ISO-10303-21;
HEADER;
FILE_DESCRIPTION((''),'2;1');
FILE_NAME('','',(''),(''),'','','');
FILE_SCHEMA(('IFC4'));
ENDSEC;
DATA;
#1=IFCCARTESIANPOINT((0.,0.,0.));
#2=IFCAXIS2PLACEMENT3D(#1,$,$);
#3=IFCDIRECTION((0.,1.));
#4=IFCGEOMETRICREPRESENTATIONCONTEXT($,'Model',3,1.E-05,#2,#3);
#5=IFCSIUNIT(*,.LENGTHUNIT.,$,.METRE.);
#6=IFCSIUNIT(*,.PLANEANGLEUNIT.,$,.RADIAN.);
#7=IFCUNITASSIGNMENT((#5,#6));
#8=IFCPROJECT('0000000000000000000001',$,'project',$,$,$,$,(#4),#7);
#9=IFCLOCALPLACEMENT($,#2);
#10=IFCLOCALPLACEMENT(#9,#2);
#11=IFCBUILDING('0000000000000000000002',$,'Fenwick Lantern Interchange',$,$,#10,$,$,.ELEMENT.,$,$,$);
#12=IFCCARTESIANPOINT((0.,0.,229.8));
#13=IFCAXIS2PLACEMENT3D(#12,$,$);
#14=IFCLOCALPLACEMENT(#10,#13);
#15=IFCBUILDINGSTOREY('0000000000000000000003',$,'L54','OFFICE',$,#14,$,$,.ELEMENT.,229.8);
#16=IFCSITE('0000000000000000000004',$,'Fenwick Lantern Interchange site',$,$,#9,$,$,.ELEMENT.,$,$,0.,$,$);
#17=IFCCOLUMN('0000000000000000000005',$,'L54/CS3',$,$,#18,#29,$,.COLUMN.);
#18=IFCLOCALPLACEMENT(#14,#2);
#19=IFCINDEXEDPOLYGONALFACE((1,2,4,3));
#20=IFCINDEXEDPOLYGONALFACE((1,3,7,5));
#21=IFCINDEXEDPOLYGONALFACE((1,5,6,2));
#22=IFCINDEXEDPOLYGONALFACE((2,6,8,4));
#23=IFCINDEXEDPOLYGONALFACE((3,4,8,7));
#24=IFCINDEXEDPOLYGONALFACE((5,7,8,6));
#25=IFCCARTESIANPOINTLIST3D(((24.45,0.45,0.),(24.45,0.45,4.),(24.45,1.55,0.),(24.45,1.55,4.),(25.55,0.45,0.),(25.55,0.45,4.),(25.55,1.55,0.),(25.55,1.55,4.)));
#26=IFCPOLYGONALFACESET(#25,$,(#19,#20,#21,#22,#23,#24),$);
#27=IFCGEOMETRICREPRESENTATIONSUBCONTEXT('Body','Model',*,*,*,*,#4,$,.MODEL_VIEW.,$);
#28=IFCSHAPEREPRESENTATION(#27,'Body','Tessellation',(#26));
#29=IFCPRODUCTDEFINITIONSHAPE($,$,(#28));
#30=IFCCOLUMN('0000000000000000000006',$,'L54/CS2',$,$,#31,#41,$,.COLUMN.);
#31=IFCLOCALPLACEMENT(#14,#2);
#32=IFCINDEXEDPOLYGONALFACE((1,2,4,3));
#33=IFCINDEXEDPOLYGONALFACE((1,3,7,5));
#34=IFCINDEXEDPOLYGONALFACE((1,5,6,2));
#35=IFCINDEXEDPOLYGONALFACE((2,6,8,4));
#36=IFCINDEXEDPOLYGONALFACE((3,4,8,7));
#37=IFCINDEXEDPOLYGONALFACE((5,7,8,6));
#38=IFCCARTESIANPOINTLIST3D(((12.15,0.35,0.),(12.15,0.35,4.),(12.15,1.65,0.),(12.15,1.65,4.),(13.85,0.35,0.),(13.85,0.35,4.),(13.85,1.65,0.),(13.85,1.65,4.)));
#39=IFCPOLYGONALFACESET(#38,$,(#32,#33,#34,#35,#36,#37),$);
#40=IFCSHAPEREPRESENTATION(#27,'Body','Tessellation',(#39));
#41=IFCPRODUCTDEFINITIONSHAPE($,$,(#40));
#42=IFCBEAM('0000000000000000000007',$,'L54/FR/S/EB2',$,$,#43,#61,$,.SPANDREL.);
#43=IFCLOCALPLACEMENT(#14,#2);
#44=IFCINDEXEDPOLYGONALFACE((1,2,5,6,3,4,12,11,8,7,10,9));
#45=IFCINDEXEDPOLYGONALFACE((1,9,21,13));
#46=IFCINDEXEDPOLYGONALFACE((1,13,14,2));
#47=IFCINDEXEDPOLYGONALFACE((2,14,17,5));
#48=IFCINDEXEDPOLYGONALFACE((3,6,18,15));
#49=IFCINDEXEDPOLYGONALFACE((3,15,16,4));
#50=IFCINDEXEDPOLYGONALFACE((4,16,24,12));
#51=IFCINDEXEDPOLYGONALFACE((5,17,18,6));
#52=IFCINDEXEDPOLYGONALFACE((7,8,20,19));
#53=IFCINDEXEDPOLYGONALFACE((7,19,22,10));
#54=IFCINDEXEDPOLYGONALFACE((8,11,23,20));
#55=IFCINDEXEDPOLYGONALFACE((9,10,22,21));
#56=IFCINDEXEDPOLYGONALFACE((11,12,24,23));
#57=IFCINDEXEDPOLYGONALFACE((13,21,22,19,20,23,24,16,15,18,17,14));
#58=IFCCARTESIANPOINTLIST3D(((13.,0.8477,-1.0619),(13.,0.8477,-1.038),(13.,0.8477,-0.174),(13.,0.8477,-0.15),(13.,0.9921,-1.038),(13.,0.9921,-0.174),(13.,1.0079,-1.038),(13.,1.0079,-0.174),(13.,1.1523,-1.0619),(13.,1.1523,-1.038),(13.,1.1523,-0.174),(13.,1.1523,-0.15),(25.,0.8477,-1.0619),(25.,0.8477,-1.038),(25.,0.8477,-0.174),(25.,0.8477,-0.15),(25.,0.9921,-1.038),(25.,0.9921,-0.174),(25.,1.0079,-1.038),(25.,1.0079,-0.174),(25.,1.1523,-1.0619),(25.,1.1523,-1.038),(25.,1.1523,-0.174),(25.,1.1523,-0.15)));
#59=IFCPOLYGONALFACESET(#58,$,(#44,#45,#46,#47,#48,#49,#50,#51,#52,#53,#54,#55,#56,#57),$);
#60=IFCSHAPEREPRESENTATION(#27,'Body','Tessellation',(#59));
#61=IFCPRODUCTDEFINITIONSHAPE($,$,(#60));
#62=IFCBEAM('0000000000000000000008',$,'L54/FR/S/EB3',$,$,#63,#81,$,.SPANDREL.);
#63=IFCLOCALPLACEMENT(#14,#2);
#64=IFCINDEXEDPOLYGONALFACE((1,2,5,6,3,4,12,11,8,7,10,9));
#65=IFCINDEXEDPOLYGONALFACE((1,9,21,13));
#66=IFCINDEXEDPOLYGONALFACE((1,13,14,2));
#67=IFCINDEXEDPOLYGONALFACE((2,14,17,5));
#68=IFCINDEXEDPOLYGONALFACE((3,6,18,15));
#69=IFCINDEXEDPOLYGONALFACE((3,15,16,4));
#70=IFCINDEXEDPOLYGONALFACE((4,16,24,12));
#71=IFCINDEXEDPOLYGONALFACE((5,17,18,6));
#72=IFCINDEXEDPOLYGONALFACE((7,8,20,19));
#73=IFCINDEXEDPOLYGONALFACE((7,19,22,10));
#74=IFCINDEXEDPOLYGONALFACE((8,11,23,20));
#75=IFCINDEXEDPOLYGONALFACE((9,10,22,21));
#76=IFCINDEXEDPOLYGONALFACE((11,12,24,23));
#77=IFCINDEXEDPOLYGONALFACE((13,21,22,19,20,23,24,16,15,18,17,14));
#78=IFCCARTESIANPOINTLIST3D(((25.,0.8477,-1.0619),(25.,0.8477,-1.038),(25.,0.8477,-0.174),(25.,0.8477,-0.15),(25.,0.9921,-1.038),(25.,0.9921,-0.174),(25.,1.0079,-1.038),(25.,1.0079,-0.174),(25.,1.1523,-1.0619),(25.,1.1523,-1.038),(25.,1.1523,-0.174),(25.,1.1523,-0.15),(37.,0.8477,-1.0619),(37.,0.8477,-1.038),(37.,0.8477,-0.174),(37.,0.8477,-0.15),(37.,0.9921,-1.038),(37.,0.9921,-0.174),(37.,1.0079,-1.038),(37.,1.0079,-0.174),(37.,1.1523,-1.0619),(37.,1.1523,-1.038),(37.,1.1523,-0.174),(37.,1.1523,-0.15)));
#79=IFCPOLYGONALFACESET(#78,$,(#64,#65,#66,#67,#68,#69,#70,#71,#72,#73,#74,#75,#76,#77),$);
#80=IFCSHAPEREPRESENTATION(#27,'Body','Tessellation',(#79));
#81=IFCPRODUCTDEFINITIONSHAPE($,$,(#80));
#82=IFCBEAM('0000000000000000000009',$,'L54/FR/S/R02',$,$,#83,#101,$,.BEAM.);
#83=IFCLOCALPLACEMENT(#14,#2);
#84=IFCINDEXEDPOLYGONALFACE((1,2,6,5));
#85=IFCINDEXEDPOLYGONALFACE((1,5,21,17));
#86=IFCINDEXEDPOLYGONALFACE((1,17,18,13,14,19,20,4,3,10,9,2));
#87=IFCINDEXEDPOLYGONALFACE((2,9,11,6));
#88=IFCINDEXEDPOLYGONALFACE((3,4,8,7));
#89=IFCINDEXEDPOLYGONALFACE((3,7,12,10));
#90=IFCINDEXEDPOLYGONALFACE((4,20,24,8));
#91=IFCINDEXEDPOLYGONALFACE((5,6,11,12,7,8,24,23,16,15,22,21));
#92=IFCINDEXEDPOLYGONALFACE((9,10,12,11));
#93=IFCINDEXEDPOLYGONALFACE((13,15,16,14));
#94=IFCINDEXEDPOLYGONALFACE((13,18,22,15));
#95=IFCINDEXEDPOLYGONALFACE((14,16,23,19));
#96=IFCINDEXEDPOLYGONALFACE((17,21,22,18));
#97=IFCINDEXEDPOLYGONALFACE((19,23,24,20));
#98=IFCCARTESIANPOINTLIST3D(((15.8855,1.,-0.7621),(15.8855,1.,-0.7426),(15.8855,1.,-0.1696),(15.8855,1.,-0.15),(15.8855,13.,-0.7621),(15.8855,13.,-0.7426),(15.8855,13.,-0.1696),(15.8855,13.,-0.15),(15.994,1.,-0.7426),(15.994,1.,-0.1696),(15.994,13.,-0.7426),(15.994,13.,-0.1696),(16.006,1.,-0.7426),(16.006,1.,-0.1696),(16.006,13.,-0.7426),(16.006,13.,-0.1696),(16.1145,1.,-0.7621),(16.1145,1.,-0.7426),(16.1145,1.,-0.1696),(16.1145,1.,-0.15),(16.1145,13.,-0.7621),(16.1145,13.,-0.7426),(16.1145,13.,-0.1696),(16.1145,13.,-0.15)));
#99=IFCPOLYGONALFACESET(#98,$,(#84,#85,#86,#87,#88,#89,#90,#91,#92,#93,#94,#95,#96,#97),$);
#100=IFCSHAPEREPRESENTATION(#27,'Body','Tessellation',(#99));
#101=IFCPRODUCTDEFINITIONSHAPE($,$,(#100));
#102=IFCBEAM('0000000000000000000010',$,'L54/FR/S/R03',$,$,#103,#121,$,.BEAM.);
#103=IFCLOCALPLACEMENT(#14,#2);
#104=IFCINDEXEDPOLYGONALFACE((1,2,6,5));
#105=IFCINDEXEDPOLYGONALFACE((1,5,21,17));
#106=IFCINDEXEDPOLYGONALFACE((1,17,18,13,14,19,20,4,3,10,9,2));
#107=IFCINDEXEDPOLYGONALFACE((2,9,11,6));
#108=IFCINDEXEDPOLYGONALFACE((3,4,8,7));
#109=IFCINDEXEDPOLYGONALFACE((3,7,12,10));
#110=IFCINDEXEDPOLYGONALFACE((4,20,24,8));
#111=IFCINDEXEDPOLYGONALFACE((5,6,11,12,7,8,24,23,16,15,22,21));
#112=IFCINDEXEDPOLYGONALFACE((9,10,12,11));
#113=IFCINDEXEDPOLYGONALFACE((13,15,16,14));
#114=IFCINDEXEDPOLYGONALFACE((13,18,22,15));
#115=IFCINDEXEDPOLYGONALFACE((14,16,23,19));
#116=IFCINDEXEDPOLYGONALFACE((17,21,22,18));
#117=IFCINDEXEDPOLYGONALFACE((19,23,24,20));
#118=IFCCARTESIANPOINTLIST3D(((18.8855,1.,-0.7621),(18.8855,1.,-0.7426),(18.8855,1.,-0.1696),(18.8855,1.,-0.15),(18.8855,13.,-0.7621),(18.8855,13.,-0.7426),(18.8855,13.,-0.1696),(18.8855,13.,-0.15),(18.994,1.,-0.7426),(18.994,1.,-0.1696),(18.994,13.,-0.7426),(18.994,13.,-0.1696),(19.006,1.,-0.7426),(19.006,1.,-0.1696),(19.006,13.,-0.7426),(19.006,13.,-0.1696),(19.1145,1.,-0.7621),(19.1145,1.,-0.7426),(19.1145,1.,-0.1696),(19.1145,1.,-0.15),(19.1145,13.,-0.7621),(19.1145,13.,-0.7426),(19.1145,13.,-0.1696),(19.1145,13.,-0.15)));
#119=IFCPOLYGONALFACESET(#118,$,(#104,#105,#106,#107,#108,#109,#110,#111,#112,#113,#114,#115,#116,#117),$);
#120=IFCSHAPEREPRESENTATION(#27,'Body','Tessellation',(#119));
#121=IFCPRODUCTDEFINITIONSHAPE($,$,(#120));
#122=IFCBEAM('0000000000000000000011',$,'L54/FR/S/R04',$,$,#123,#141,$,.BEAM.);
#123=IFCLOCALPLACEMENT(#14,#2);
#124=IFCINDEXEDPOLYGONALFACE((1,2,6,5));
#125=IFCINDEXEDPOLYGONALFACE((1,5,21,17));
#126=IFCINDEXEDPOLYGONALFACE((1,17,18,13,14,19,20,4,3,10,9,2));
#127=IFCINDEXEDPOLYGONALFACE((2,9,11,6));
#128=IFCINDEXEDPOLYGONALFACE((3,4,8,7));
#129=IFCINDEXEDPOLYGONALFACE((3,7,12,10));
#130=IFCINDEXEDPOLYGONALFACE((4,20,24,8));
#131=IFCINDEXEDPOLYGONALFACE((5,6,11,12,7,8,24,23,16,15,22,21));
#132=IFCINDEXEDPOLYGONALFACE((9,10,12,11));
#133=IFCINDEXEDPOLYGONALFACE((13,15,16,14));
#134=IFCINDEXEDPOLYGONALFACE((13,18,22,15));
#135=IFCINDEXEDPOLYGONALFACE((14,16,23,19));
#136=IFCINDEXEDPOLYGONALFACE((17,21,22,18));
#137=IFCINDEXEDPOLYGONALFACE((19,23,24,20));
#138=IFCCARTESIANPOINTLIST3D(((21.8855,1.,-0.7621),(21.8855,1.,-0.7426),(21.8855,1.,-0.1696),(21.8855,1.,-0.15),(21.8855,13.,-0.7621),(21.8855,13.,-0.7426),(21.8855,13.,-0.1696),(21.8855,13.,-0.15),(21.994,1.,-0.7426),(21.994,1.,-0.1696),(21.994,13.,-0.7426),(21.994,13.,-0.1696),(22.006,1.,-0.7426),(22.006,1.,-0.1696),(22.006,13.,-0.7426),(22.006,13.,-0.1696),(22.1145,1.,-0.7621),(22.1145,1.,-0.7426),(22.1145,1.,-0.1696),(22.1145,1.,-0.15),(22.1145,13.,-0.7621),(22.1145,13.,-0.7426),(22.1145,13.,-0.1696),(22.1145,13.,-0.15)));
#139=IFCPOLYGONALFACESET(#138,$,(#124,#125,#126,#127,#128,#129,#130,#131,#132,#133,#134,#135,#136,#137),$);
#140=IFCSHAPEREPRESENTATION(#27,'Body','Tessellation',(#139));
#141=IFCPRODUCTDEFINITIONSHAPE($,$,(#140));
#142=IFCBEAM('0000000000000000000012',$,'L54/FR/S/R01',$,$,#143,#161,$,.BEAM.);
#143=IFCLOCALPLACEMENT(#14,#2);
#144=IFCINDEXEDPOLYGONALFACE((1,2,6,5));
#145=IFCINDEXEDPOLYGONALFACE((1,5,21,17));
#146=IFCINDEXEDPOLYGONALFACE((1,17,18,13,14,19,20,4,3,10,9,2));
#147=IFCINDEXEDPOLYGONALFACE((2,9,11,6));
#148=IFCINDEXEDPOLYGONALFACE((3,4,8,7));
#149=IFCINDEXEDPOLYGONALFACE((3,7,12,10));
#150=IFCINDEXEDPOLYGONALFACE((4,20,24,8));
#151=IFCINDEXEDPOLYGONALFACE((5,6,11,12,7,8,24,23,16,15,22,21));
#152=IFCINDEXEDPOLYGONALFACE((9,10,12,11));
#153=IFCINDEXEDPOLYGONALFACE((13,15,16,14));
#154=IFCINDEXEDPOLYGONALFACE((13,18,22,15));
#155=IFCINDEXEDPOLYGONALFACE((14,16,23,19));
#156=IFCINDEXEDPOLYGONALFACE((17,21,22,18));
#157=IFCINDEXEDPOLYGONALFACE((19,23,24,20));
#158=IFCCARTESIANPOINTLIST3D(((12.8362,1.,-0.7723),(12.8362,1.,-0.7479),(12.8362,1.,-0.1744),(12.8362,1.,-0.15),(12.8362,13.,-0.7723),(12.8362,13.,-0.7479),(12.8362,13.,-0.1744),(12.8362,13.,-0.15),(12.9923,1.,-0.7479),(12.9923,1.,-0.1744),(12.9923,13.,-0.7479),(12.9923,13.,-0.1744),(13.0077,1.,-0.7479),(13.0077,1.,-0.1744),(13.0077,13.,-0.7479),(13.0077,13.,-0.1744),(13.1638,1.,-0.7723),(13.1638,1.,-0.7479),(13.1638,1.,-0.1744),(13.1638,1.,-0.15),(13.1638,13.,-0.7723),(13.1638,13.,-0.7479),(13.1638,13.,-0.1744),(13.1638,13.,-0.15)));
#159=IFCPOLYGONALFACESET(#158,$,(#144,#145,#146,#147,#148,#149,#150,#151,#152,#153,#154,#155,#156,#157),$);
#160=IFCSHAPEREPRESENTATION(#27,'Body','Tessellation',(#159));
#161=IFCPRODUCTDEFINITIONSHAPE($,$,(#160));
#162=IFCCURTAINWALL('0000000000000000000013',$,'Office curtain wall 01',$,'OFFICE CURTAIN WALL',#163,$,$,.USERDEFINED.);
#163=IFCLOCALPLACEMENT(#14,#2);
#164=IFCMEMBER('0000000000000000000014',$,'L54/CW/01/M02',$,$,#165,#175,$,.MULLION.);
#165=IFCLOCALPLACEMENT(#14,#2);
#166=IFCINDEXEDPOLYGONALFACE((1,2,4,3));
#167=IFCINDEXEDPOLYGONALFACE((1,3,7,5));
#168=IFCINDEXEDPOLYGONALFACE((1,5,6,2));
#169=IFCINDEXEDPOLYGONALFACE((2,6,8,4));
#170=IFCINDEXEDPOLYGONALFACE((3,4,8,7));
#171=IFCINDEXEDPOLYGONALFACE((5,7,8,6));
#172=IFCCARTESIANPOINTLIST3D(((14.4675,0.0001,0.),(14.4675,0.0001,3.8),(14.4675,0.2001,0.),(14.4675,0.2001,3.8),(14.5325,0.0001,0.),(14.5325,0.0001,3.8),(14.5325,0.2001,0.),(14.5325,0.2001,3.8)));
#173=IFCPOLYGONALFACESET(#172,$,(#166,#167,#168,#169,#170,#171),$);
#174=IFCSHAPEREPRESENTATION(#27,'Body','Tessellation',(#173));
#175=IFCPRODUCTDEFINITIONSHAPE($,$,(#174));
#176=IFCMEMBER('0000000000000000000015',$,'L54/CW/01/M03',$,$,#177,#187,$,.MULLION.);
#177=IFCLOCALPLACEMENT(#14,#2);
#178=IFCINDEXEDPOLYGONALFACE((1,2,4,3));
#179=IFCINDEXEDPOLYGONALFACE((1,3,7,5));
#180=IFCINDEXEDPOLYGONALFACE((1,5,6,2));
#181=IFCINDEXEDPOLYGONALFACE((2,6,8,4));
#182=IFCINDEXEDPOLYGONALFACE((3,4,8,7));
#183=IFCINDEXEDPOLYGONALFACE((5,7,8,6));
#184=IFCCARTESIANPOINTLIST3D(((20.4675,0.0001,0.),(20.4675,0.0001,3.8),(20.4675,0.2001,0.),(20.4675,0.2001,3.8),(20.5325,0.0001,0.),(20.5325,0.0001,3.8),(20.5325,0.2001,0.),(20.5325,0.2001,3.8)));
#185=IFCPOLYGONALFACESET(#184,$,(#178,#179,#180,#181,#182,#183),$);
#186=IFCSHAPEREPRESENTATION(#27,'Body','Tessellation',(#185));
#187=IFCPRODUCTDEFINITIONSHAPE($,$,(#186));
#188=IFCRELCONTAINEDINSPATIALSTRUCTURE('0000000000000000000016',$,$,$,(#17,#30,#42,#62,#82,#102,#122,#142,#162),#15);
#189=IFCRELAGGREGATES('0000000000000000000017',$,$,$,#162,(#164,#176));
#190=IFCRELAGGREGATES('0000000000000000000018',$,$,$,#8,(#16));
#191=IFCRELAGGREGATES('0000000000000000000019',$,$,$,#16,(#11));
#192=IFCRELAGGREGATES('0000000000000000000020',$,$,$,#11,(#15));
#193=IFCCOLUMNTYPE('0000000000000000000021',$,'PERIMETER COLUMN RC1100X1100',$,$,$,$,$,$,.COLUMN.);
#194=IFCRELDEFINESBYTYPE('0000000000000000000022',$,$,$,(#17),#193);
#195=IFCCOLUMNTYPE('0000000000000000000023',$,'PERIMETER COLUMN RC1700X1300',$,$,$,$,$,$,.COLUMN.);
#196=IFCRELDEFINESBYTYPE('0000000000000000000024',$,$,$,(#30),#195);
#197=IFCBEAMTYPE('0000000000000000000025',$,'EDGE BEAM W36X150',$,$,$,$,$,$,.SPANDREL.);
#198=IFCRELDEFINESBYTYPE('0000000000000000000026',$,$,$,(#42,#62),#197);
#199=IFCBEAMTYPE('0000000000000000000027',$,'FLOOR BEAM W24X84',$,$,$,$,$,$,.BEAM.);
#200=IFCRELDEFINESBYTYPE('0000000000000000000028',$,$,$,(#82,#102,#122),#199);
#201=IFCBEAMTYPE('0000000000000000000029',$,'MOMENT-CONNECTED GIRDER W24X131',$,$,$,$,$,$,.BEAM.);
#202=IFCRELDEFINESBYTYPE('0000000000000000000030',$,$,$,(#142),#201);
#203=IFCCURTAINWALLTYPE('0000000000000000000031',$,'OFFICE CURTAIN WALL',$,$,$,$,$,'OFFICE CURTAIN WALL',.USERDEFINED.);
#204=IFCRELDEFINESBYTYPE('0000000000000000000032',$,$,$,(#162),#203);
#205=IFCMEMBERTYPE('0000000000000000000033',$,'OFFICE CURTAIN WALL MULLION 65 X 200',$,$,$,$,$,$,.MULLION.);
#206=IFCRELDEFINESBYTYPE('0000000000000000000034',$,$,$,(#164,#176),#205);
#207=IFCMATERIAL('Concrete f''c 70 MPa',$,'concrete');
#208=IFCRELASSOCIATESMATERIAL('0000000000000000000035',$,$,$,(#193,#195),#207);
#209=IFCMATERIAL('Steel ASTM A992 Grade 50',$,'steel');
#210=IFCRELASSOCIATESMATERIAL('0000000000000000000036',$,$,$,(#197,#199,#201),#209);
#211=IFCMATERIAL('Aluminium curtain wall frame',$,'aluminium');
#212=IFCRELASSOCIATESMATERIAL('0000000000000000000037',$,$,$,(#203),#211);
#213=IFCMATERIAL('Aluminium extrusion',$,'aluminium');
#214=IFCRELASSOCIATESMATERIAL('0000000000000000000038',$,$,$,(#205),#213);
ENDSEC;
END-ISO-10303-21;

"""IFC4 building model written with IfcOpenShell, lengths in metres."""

from ifc_helpers import new_model, si_unit, direction, frame, origin, origin_2d, place, context, subcontext, project, spatial, rectangle, i_section, extrude, material, material_profile, profile_set, type_object, element, aggregate, save


model = new_model("IFC4")

# Units and contexts
model_context = context("Model", 3, precision=1e-05, world=origin(), true_north=direction((0.0, 1.0)))
body_context = subcontext(model_context, "Body", "Model", "MODEL_VIEW")
ifc_project = project(units=[si_unit("LENGTHUNIT", "METRE"), si_unit("PLANEANGLEUNIT", "RADIAN")], contexts=[model_context])

# Site, building, storey
site_placement = place(None, origin())
site = spatial("IfcSite", under=ifc_project, at=site_placement, Name="Fenwick Lantern Interchange site", CompositionType="ELEMENT", RefElevation=0.0)
building_placement = place(site_placement, origin())
building = spatial("IfcBuilding", under=site, at=building_placement, Name="Fenwick Lantern Interchange", CompositionType="ELEMENT")
storey_placement = place(building_placement, frame((0.0, 0.0, 229.8)))
storey = spatial("IfcBuildingStorey", under=building, at=storey_placement, Name="L54", Description="OFFICE", CompositionType="ELEMENT", Elevation=229.8)

# Columns
ifc_material_1 = material(Name="Concrete f'c 70 MPa", Category="concrete")
ifc_material_profile_1 = material_profile(ifc_material_1, rectangle(XDim=1.1001, YDim=1.1001, at=origin_2d()), Name="RC1100X1100")
ifc_profile_set_1 = profile_set([ifc_material_profile_1], Name="Concrete f'c 70 MPa")
column_type_1 = type_object("IfcColumnType", Name="PERIMETER COLUMN RC1100X1100", PredefinedType="COLUMN", material=ifc_profile_set_1)
column_1_placement = place(storey_placement, frame((25.0, 1.0, 0.0), z_axis=(0.0, 0.0, 1.0), x_axis=(1.0, 0.0, 0.0)))
element("IfcColumn", 1, at=column_1_placement, inside=storey, type_object=column_type_1, Name="L54/CS3", PredefinedType="COLUMN", context=body_context, shape_type="SweptSolid", body=[
    extrude(rectangle(XDim=1.1001, YDim=1.1001, at=origin_2d()), origin(), (0.0, 0.0, 1.0), 4.0),
])
ifc_material_profile_2 = material_profile(ifc_material_1, rectangle(XDim=1.7, YDim=1.3, at=origin_2d()), Name="RC1700X1300")
ifc_profile_set_2 = profile_set([ifc_material_profile_2], Name="Concrete f'c 70 MPa")
column_type_2 = type_object("IfcColumnType", Name="PERIMETER COLUMN RC1700X1300", PredefinedType="COLUMN", material=ifc_profile_set_2)
column_2_placement = place(storey_placement, frame((13.0, 1.0, 0.0), z_axis=(0.0, 0.0, 1.0), x_axis=(1.0, 0.0, 0.0)))
element("IfcColumn", 2, at=column_2_placement, inside=storey, type_object=column_type_2, Name="L54/CS2", PredefinedType="COLUMN", context=body_context, shape_type="SweptSolid", body=[
    extrude(rectangle(XDim=1.7, YDim=1.3, at=origin_2d()), origin(), (0.0, 0.0, 1.0), 4.0),
])

# Beams
ifc_material_2 = material(Name="Steel ASTM A992 Grade 50", Category="steel")
ifc_material_profile_3 = material_profile(ifc_material_2, i_section(OverallWidth=0.3047, OverallDepth=0.9119, WebThickness=0.0159, FlangeThickness=0.0239, at=origin_2d()), Name="W36X150")
ifc_profile_set_3 = profile_set([ifc_material_profile_3], Name="Steel ASTM A992 Grade 50")
beam_type_1 = type_object("IfcBeamType", Name="EDGE BEAM W36X150", PredefinedType="SPANDREL", material=ifc_profile_set_3)
for number, where, z_axis, x_axis, name in (
    (3, (13.0, 1.0, -0.606), (1.0, 0.0, 0.0), (0.0, 1.0, 0.0), "L54/FR/S/EB2"),
    (4, (25.0, 1.0, -0.606), (1.0, 0.0, 0.0), (0.0, 1.0, 0.0), "L54/FR/S/EB3"),
):
    element("IfcBeam", number, at=place(storey_placement, frame(where, z_axis=z_axis, x_axis=x_axis)), inside=storey, type_object=beam_type_1, Name=name, PredefinedType="SPANDREL", context=body_context, shape_type="SweptSolid", body=[
        extrude(i_section(OverallWidth=0.3047, OverallDepth=0.9119, WebThickness=0.0159, FlangeThickness=0.0239, at=origin_2d()), origin(), (0.0, 0.0, 1.0), 12.0),
    ])
ifc_material_profile_4 = material_profile(ifc_material_2, i_section(OverallWidth=0.229, OverallDepth=0.6121, WebThickness=0.012, FlangeThickness=0.0195, at=origin_2d()), Name="W24X84")
ifc_profile_set_4 = profile_set([ifc_material_profile_4], Name="Steel ASTM A992 Grade 50")
beam_type_2 = type_object("IfcBeamType", Name="FLOOR BEAM W24X84", PredefinedType="BEAM", material=ifc_profile_set_4)
for number, where, z_axis, x_axis, name in (
    (5, (16.0, 1.0, -0.4561), (0.0, 1.0, 0.0), (-1.0, 0.0, 0.0), "L54/FR/S/R02"),
    (6, (19.0, 1.0, -0.4561), (0.0, 1.0, 0.0), (-1.0, 0.0, 0.0), "L54/FR/S/R03"),
    (7, (22.0, 1.0, -0.4561), (0.0, 1.0, 0.0), (-1.0, 0.0, 0.0), "L54/FR/S/R04"),
):
    element("IfcBeam", number, at=place(storey_placement, frame(where, z_axis=z_axis, x_axis=x_axis)), inside=storey, type_object=beam_type_2, Name=name, PredefinedType="BEAM", context=body_context, shape_type="SweptSolid", body=[
        extrude(i_section(OverallWidth=0.229, OverallDepth=0.6121, WebThickness=0.012, FlangeThickness=0.0195, at=origin_2d()), origin(), (0.0, 0.0, 1.0), 12.0),
    ])
ifc_material_profile_5 = material_profile(ifc_material_2, i_section(OverallWidth=0.3276, OverallDepth=0.6223, WebThickness=0.0154, FlangeThickness=0.0244, at=origin_2d()), Name="W24X131")
ifc_profile_set_5 = profile_set([ifc_material_profile_5], Name="Steel ASTM A992 Grade 50")
beam_type_3 = type_object("IfcBeamType", Name="MOMENT-CONNECTED GIRDER W24X131", PredefinedType="BEAM", material=ifc_profile_set_5)
beam_placement = place(storey_placement, frame((13.0, 1.0, -0.4612), z_axis=(0.0, 1.0, 0.0), x_axis=(-1.0, 0.0, 0.0)))
element("IfcBeam", 8, at=beam_placement, inside=storey, type_object=beam_type_3, Name="L54/FR/S/R01", PredefinedType="BEAM", context=body_context, shape_type="SweptSolid", body=[
    extrude(i_section(OverallWidth=0.3276, OverallDepth=0.6223, WebThickness=0.0154, FlangeThickness=0.0244, at=origin_2d()), origin(), (0.0, 0.0, 1.0), 12.0),
])

# Curtain wall, members
ifc_material_3 = material(Name="Aluminium curtain wall frame", Category="aluminium")
curtain_wall_type = type_object("IfcCurtainWallType", Name="OFFICE CURTAIN WALL", ElementType="OFFICE CURTAIN WALL", PredefinedType="USERDEFINED", material=ifc_material_3)
curtain_wall_placement = place(storey_placement, origin())
curtain_wall = element("IfcCurtainWall", 9, at=curtain_wall_placement, inside=storey, type_object=curtain_wall_type, Name="Office curtain wall 01", ObjectType="OFFICE CURTAIN WALL", PredefinedType="USERDEFINED")
ifc_material_4 = material(Name="Aluminium extrusion", Category="aluminium")
ifc_material_profile_6 = material_profile(ifc_material_4, rectangle(XDim=0.2, YDim=0.0649, at=origin_2d()), Name="OFFICE CURTAIN WALL MULLION 65 X 200")
ifc_profile_set_6 = profile_set([ifc_material_profile_6], Name="Aluminium extrusion")
member_type_1 = type_object("IfcMemberType", Name="OFFICE CURTAIN WALL MULLION 65 X 200", PredefinedType="MULLION", material=ifc_profile_set_6)
member_1_placement = place(storey_placement, frame((14.5, 0.1001, 0.0), z_axis=(0.0, 0.0, 1.0), x_axis=(0.0, 1.0, 0.0)))
member_1 = element("IfcMember", 10, at=member_1_placement, type_object=member_type_1, Name="L54/CW/01/M02", PredefinedType="MULLION", context=body_context, shape_type="SweptSolid", body=[
    extrude(rectangle(XDim=0.2, YDim=0.0649, at=origin_2d()), origin(), (0.0, 0.0, 1.0), 3.8),
])
member_2_placement = place(storey_placement, frame((20.5, 0.1001, 0.0), z_axis=(0.0, 0.0, 1.0), x_axis=(0.0, 1.0, 0.0)))
member_2 = element("IfcMember", 11, at=member_2_placement, type_object=member_type_1, Name="L54/CW/01/M03", PredefinedType="MULLION", context=body_context, shape_type="SweptSolid", body=[
    extrude(rectangle(XDim=0.2, YDim=0.0649, at=origin_2d()), origin(), (0.0, 0.0, 1.0), 3.8),
])
aggregate(curtain_wall, [member_1, member_2])

save(model, "model.ifc")
